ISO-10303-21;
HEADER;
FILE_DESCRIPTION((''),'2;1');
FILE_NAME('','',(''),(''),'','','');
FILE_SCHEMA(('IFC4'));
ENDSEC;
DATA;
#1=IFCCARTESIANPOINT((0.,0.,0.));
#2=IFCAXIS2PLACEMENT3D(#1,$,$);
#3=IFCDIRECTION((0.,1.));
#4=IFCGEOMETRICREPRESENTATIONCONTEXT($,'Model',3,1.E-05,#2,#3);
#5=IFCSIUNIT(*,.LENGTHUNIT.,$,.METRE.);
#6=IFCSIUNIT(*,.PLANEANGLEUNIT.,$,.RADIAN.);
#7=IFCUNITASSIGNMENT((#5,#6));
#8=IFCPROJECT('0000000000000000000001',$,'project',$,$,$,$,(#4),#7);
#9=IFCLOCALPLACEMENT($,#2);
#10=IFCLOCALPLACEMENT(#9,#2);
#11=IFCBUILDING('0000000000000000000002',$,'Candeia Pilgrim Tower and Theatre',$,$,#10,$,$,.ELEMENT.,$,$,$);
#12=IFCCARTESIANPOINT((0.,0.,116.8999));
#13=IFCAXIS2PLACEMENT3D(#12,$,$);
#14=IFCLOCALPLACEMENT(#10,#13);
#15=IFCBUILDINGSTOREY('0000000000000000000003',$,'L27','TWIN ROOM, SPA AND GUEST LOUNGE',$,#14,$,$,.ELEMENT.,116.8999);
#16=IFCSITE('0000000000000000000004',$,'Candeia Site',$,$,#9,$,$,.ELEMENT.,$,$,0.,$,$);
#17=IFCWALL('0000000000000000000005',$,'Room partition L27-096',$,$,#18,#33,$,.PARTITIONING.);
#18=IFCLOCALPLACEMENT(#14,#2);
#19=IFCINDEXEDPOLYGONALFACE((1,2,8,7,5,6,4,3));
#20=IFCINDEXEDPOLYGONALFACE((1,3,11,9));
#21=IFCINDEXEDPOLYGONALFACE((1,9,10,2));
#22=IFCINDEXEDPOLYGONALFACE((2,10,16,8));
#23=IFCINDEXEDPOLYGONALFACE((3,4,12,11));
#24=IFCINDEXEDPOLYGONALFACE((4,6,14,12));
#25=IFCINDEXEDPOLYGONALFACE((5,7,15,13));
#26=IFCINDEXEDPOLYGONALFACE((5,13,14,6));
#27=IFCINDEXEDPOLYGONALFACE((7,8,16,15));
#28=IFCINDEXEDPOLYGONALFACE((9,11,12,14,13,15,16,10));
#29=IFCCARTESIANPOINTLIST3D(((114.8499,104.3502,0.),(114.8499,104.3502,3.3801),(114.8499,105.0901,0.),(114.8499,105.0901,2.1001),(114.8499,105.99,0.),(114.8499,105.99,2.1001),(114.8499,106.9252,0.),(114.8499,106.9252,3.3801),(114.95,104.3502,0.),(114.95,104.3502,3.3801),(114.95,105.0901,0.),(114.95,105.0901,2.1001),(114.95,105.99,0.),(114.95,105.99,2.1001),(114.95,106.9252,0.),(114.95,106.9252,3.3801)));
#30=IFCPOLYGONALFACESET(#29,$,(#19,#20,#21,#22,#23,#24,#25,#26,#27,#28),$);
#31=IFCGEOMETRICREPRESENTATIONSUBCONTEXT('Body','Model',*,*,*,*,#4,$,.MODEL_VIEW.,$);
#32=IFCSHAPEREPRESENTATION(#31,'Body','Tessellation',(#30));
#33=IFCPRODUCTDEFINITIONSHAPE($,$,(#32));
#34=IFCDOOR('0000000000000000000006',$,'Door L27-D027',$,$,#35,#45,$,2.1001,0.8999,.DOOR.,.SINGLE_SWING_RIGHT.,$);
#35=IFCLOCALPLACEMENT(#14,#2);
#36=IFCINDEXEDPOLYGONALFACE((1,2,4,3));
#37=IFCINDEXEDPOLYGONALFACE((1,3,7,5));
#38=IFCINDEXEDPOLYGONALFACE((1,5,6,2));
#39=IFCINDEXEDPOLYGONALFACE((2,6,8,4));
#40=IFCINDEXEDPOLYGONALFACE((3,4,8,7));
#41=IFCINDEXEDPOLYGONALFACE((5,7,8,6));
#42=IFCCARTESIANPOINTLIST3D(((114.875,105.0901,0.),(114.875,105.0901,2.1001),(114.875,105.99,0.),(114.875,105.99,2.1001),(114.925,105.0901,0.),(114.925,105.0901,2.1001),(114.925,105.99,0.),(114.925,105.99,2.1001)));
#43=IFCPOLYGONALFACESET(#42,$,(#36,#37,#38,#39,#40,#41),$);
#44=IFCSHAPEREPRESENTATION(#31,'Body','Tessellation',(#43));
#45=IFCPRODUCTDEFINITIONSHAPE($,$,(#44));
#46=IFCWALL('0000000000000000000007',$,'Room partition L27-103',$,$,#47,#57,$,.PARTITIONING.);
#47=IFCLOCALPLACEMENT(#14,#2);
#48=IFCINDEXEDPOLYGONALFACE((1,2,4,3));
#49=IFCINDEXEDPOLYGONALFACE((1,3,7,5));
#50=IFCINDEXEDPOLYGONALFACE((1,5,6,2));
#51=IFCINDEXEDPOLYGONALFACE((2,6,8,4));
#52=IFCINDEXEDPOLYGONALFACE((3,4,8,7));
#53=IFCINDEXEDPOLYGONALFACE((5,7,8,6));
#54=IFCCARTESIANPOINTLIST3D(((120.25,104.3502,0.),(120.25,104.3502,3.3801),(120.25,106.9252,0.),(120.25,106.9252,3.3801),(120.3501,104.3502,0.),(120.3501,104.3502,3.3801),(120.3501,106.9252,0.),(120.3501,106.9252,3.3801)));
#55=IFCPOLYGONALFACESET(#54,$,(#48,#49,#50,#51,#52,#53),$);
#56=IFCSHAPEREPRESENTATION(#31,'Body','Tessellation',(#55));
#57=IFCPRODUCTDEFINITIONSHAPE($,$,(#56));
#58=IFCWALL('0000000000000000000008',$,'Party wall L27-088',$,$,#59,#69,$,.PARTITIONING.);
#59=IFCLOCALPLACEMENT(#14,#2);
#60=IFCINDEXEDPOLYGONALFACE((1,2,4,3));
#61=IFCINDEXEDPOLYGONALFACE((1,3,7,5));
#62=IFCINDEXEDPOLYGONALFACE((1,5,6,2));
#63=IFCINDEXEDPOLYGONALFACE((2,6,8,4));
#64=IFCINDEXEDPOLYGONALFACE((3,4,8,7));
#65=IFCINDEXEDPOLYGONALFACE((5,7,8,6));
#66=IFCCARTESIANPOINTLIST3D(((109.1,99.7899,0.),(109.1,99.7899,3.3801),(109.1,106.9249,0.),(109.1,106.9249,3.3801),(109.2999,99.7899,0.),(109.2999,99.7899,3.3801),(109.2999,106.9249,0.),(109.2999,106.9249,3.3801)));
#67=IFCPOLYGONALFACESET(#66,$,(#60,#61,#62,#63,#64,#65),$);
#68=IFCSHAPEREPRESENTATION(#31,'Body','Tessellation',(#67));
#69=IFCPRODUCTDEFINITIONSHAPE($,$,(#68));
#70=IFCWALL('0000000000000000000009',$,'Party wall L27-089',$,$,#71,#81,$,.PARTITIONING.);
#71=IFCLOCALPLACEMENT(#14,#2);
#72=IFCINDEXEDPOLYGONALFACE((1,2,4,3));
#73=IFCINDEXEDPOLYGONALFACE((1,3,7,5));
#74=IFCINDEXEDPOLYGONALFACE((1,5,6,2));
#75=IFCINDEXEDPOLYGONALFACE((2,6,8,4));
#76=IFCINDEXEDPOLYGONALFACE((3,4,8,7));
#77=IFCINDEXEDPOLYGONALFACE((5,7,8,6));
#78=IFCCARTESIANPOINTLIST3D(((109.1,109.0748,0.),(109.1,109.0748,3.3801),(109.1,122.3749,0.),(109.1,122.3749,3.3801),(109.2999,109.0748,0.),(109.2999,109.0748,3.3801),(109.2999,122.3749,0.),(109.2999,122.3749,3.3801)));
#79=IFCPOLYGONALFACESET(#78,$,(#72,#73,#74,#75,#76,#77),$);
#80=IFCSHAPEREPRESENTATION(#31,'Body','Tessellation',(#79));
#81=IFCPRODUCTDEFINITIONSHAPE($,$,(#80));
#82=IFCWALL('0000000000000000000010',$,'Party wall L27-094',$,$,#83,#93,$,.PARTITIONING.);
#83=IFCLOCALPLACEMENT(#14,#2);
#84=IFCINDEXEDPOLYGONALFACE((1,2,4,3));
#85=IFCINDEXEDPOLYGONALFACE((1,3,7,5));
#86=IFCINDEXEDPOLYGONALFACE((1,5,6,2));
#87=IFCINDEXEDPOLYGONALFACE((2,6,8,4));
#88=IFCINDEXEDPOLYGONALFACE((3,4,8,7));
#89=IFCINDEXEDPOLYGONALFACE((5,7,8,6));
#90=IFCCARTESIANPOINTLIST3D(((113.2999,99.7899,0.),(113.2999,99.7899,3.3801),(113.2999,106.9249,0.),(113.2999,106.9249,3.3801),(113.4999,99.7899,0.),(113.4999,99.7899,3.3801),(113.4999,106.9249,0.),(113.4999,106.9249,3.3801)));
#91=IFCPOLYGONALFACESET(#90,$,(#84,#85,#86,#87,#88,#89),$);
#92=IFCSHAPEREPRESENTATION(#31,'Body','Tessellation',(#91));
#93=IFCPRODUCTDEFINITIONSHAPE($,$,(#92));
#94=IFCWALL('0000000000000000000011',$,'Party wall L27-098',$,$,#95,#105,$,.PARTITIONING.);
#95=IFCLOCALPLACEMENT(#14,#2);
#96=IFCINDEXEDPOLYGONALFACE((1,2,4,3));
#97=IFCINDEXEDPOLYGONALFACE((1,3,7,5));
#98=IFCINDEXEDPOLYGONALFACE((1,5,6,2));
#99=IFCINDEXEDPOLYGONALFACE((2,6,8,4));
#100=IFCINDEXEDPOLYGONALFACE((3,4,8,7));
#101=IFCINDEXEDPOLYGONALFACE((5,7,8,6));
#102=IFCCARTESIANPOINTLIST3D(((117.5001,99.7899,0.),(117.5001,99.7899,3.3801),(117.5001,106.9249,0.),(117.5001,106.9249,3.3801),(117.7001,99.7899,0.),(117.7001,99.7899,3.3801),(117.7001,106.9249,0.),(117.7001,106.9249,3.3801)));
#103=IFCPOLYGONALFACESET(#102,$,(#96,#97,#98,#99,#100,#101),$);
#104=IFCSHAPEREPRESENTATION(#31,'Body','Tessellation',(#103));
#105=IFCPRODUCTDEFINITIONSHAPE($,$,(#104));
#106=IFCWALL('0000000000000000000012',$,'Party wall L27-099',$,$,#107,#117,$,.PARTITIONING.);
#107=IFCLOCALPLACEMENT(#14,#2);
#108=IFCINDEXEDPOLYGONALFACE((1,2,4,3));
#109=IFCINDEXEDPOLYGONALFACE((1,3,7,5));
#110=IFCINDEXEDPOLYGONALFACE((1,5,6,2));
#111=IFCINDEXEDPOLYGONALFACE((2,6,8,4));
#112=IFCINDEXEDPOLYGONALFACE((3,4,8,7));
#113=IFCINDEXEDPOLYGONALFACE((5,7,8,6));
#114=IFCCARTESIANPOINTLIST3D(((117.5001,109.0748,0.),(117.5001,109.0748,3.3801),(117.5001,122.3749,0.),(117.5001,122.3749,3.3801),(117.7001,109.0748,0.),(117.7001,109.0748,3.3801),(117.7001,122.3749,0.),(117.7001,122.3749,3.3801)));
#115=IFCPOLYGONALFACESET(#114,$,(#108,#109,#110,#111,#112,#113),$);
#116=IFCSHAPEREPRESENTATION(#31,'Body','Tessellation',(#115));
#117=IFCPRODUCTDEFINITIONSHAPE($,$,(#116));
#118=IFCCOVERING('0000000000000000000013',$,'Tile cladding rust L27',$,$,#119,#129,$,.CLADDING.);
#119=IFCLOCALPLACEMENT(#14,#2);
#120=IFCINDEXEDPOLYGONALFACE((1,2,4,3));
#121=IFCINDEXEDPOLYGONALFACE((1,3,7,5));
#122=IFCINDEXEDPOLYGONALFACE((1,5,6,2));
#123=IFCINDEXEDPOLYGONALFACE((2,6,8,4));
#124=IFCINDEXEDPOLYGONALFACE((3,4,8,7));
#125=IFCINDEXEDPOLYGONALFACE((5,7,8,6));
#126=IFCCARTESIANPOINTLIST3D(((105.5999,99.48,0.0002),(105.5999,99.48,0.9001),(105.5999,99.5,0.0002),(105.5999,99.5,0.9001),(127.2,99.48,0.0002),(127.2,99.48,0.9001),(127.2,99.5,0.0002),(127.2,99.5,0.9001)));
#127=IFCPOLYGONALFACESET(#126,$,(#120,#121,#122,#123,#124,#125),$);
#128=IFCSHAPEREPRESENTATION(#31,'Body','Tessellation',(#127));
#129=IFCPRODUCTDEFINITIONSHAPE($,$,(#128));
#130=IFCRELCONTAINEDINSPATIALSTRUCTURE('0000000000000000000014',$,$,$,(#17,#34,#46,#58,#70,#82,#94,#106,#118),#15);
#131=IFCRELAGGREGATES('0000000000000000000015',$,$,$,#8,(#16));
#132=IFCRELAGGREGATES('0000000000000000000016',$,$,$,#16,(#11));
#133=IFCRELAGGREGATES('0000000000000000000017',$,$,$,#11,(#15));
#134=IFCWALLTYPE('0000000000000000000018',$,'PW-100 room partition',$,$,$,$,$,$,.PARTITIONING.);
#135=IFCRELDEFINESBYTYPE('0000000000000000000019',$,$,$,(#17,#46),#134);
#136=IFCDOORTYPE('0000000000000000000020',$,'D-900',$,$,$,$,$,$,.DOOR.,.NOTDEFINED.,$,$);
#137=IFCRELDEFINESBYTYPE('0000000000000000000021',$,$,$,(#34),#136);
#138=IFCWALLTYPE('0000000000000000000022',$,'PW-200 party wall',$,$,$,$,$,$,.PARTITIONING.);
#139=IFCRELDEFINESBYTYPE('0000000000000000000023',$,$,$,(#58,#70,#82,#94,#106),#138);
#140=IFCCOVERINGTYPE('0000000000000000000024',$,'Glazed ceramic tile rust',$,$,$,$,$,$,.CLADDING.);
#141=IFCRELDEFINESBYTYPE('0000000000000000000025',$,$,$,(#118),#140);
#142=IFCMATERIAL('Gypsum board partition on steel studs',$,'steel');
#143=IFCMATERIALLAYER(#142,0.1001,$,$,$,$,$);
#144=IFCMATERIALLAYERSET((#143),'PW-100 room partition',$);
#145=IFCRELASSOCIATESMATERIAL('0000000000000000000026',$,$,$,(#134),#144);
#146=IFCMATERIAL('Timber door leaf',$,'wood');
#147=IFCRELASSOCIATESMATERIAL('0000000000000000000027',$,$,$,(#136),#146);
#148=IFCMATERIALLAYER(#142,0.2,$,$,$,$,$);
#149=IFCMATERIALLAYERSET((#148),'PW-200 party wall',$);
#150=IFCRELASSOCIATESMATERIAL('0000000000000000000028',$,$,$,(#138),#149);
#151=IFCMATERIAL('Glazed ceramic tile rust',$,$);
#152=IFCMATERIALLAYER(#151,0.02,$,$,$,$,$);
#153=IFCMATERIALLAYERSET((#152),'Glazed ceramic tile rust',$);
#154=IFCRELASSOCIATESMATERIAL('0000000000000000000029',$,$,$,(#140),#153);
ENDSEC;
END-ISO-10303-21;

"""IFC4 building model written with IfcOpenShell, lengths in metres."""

from ifc_helpers import new_model, si_unit, direction, frame, frame_2d, origin, origin_2d, place, context, subcontext, project, spatial, rectangle, extrude, material, layer, layer_set, type_object, element, fill, save


model = new_model("IFC4")

# Units and contexts
model_context = context("Model", 3, precision=1e-05, world=origin(), true_north=direction((0.0, 1.0)))
body_context = subcontext(model_context, "Body", "Model", "MODEL_VIEW")
ifc_project = project(units=[si_unit("LENGTHUNIT", "METRE"), si_unit("PLANEANGLEUNIT", "RADIAN")], contexts=[model_context])

# Site, building, storey
site_placement = place(None, origin())
site = spatial("IfcSite", under=ifc_project, at=site_placement, Name="Candeia Site", CompositionType="ELEMENT", RefElevation=0.0)
building_placement = place(site_placement, origin())
building = spatial("IfcBuilding", under=site, at=building_placement, Name="Candeia Pilgrim Tower and Theatre", CompositionType="ELEMENT")
storey_placement = place(building_placement, frame((0.0, 0.0, 116.8999)))
storey = spatial("IfcBuildingStorey", under=building, at=storey_placement, Name="L27", Description="TWIN ROOM, SPA AND GUEST LOUNGE", CompositionType="ELEMENT", Elevation=116.8999)

# Shared definitions
ifc_material_1 = material(Name="Gypsum board partition on steel studs", Category="steel")
ifc_layer_1 = layer(ifc_material_1, 0.1001)
ifc_layer_set_1 = layer_set([ifc_layer_1], Name="PW-100 room partition")
wall_type_1 = type_object("IfcWallType", Name="PW-100 room partition", PredefinedType="PARTITIONING", material=ifc_layer_set_1)
ifc_material_2 = material(Name="Timber door leaf", Category="wood")

# Wall, opening, door
wall_1_placement = place(storey_placement, frame((114.8999, 104.3501, 0.0), z_axis=(0.0, 0.0, 1.0), x_axis=(0.0, 1.0, 0.0)))
wall_1 = element("IfcWall", 1, at=wall_1_placement, inside=storey, type_object=wall_type_1, Name="Room partition L27-096", PredefinedType="PARTITIONING", context=body_context, shape_type="SweptSolid", body=[
    extrude(rectangle(XDim=2.575, YDim=0.1001, at=frame_2d((1.2876, 0.0))), origin(), (0.0, 0.0, 1.0), 3.3801),
])
opening_1_placement = place(wall_1_placement, frame((0.74, 0.0, 0.0)))
opening_1 = element("IfcOpeningElement", 2, at=opening_1_placement, cuts=wall_1, PredefinedType="OPENING", context=body_context, shape_type="SweptSolid", body=[
    extrude(rectangle(XDim=0.8999, YDim=2.1001, at=frame_2d((0.45, 1.05))), frame((0.0, 0.0601, 0.0), z_axis=(0.0, -1.0, 0.0), x_axis=(1.0, 0.0, 0.0)), (0.0, 0.0, 1.0), 0.1201),
])
door_type_1 = type_object("IfcDoorType", Name="D-900", OperationType="NOTDEFINED", PredefinedType="DOOR", material=ifc_material_2)
door_1_placement = place(opening_1_placement, origin())
door_1 = element("IfcDoor", 3, at=door_1_placement, inside=storey, type_object=door_type_1, Name="Door L27-D027", OperationType="SINGLE_SWING_RIGHT", OverallHeight=2.1001, OverallWidth=0.8999, PredefinedType="DOOR", context=body_context, shape_type="SweptSolid", body=[
    extrude(rectangle(XDim=0.8999, YDim=2.1001, at=frame_2d((0.45, 1.05))), frame((0.0, 0.0249, 0.0), z_axis=(0.0, -1.0, 0.0), x_axis=(1.0, 0.0, 0.0)), (0.0, 0.0, 1.0), 0.05),
])
fill(opening_1, door_1)

# Walls
wall_2_placement = place(storey_placement, frame((120.3, 104.3501, 0.0), z_axis=(0.0, 0.0, 1.0), x_axis=(0.0, 1.0, 0.0)))
element("IfcWall", 4, at=wall_2_placement, inside=storey, type_object=wall_type_1, Name="Room partition L27-103", PredefinedType="PARTITIONING", context=body_context, shape_type="SweptSolid", body=[
    extrude(rectangle(XDim=2.575, YDim=0.1001, at=frame_2d((1.2876, 0.0))), origin(), (0.0, 0.0, 1.0), 3.3801),
])
ifc_layer_2 = layer(ifc_material_1, 0.2)
ifc_layer_set_2 = layer_set([ifc_layer_2], Name="PW-200 party wall")
wall_type_2 = type_object("IfcWallType", Name="PW-200 party wall", PredefinedType="PARTITIONING", material=ifc_layer_set_2)
wall_3_placement = place(storey_placement, frame((109.2, 99.79, 0.0), z_axis=(0.0, 0.0, 1.0), x_axis=(0.0, 1.0, 0.0)))
element("IfcWall", 5, at=wall_3_placement, inside=storey, type_object=wall_type_2, Name="Party wall L27-088", PredefinedType="PARTITIONING", context=body_context, shape_type="SweptSolid", body=[
    extrude(rectangle(XDim=7.135, YDim=0.2, at=frame_2d((3.5674, 0.0))), origin(), (0.0, 0.0, 1.0), 3.3801),
])
wall_4_placement = place(storey_placement, frame((109.2, 109.075, 0.0), z_axis=(0.0, 0.0, 1.0), x_axis=(0.0, 1.0, 0.0)))
element("IfcWall", 6, at=wall_4_placement, inside=storey, type_object=wall_type_2, Name="Party wall L27-089", PredefinedType="PARTITIONING", context=body_context, shape_type="SweptSolid", body=[
    extrude(rectangle(XDim=13.3, YDim=0.2, at=frame_2d((6.6499, 0.0))), origin(), (0.0, 0.0, 1.0), 3.3801),
])
for number, where, z_axis, x_axis, name in (
    (7, (113.3999, 99.79, 0.0), (0.0, 0.0, 1.0), (0.0, 1.0, 0.0), "Party wall L27-094"),
    (8, (117.6001, 99.79, 0.0), (0.0, 0.0, 1.0), (0.0, 1.0, 0.0), "Party wall L27-098"),
):
    element("IfcWall", number, at=place(storey_placement, frame(where, z_axis=z_axis, x_axis=x_axis)), inside=storey, type_object=wall_type_2, Name=name, PredefinedType="PARTITIONING", context=body_context, shape_type="SweptSolid", body=[
        extrude(rectangle(XDim=7.135, YDim=0.2, at=frame_2d((3.5674, 0.0))), origin(), (0.0, 0.0, 1.0), 3.3801),
    ])
wall_5_placement = place(storey_placement, frame((117.6001, 109.075, 0.0), z_axis=(0.0, 0.0, 1.0), x_axis=(0.0, 1.0, 0.0)))
element("IfcWall", 9, at=wall_5_placement, inside=storey, type_object=wall_type_2, Name="Party wall L27-099", PredefinedType="PARTITIONING", context=body_context, shape_type="SweptSolid", body=[
    extrude(rectangle(XDim=13.3, YDim=0.2, at=frame_2d((6.6499, 0.0))), origin(), (0.0, 0.0, 1.0), 3.3801),
])

# Covering
ifc_material_3 = material(Name="Glazed ceramic tile rust")
ifc_layer_3 = layer(ifc_material_3, 0.02)
ifc_layer_set_3 = layer_set([ifc_layer_3], Name="Glazed ceramic tile rust")
covering_type = type_object("IfcCoveringType", Name="Glazed ceramic tile rust", PredefinedType="CLADDING", material=ifc_layer_set_3)
covering_placement = place(storey_placement, frame((116.3999, 99.49, 0.0002), z_axis=(0.0, 0.0, 1.0), x_axis=(1.0, 0.0, 0.0)))
element("IfcCovering", 10, at=covering_placement, inside=storey, type_object=covering_type, Name="Tile cladding rust L27", PredefinedType="CLADDING", context=body_context, shape_type="SweptSolid", body=[
    extrude(rectangle(XDim=21.6001, YDim=0.02, at=origin_2d()), origin(), (0.0, 0.0, 1.0), 0.8999),
])

save(model, "model.ifc")
